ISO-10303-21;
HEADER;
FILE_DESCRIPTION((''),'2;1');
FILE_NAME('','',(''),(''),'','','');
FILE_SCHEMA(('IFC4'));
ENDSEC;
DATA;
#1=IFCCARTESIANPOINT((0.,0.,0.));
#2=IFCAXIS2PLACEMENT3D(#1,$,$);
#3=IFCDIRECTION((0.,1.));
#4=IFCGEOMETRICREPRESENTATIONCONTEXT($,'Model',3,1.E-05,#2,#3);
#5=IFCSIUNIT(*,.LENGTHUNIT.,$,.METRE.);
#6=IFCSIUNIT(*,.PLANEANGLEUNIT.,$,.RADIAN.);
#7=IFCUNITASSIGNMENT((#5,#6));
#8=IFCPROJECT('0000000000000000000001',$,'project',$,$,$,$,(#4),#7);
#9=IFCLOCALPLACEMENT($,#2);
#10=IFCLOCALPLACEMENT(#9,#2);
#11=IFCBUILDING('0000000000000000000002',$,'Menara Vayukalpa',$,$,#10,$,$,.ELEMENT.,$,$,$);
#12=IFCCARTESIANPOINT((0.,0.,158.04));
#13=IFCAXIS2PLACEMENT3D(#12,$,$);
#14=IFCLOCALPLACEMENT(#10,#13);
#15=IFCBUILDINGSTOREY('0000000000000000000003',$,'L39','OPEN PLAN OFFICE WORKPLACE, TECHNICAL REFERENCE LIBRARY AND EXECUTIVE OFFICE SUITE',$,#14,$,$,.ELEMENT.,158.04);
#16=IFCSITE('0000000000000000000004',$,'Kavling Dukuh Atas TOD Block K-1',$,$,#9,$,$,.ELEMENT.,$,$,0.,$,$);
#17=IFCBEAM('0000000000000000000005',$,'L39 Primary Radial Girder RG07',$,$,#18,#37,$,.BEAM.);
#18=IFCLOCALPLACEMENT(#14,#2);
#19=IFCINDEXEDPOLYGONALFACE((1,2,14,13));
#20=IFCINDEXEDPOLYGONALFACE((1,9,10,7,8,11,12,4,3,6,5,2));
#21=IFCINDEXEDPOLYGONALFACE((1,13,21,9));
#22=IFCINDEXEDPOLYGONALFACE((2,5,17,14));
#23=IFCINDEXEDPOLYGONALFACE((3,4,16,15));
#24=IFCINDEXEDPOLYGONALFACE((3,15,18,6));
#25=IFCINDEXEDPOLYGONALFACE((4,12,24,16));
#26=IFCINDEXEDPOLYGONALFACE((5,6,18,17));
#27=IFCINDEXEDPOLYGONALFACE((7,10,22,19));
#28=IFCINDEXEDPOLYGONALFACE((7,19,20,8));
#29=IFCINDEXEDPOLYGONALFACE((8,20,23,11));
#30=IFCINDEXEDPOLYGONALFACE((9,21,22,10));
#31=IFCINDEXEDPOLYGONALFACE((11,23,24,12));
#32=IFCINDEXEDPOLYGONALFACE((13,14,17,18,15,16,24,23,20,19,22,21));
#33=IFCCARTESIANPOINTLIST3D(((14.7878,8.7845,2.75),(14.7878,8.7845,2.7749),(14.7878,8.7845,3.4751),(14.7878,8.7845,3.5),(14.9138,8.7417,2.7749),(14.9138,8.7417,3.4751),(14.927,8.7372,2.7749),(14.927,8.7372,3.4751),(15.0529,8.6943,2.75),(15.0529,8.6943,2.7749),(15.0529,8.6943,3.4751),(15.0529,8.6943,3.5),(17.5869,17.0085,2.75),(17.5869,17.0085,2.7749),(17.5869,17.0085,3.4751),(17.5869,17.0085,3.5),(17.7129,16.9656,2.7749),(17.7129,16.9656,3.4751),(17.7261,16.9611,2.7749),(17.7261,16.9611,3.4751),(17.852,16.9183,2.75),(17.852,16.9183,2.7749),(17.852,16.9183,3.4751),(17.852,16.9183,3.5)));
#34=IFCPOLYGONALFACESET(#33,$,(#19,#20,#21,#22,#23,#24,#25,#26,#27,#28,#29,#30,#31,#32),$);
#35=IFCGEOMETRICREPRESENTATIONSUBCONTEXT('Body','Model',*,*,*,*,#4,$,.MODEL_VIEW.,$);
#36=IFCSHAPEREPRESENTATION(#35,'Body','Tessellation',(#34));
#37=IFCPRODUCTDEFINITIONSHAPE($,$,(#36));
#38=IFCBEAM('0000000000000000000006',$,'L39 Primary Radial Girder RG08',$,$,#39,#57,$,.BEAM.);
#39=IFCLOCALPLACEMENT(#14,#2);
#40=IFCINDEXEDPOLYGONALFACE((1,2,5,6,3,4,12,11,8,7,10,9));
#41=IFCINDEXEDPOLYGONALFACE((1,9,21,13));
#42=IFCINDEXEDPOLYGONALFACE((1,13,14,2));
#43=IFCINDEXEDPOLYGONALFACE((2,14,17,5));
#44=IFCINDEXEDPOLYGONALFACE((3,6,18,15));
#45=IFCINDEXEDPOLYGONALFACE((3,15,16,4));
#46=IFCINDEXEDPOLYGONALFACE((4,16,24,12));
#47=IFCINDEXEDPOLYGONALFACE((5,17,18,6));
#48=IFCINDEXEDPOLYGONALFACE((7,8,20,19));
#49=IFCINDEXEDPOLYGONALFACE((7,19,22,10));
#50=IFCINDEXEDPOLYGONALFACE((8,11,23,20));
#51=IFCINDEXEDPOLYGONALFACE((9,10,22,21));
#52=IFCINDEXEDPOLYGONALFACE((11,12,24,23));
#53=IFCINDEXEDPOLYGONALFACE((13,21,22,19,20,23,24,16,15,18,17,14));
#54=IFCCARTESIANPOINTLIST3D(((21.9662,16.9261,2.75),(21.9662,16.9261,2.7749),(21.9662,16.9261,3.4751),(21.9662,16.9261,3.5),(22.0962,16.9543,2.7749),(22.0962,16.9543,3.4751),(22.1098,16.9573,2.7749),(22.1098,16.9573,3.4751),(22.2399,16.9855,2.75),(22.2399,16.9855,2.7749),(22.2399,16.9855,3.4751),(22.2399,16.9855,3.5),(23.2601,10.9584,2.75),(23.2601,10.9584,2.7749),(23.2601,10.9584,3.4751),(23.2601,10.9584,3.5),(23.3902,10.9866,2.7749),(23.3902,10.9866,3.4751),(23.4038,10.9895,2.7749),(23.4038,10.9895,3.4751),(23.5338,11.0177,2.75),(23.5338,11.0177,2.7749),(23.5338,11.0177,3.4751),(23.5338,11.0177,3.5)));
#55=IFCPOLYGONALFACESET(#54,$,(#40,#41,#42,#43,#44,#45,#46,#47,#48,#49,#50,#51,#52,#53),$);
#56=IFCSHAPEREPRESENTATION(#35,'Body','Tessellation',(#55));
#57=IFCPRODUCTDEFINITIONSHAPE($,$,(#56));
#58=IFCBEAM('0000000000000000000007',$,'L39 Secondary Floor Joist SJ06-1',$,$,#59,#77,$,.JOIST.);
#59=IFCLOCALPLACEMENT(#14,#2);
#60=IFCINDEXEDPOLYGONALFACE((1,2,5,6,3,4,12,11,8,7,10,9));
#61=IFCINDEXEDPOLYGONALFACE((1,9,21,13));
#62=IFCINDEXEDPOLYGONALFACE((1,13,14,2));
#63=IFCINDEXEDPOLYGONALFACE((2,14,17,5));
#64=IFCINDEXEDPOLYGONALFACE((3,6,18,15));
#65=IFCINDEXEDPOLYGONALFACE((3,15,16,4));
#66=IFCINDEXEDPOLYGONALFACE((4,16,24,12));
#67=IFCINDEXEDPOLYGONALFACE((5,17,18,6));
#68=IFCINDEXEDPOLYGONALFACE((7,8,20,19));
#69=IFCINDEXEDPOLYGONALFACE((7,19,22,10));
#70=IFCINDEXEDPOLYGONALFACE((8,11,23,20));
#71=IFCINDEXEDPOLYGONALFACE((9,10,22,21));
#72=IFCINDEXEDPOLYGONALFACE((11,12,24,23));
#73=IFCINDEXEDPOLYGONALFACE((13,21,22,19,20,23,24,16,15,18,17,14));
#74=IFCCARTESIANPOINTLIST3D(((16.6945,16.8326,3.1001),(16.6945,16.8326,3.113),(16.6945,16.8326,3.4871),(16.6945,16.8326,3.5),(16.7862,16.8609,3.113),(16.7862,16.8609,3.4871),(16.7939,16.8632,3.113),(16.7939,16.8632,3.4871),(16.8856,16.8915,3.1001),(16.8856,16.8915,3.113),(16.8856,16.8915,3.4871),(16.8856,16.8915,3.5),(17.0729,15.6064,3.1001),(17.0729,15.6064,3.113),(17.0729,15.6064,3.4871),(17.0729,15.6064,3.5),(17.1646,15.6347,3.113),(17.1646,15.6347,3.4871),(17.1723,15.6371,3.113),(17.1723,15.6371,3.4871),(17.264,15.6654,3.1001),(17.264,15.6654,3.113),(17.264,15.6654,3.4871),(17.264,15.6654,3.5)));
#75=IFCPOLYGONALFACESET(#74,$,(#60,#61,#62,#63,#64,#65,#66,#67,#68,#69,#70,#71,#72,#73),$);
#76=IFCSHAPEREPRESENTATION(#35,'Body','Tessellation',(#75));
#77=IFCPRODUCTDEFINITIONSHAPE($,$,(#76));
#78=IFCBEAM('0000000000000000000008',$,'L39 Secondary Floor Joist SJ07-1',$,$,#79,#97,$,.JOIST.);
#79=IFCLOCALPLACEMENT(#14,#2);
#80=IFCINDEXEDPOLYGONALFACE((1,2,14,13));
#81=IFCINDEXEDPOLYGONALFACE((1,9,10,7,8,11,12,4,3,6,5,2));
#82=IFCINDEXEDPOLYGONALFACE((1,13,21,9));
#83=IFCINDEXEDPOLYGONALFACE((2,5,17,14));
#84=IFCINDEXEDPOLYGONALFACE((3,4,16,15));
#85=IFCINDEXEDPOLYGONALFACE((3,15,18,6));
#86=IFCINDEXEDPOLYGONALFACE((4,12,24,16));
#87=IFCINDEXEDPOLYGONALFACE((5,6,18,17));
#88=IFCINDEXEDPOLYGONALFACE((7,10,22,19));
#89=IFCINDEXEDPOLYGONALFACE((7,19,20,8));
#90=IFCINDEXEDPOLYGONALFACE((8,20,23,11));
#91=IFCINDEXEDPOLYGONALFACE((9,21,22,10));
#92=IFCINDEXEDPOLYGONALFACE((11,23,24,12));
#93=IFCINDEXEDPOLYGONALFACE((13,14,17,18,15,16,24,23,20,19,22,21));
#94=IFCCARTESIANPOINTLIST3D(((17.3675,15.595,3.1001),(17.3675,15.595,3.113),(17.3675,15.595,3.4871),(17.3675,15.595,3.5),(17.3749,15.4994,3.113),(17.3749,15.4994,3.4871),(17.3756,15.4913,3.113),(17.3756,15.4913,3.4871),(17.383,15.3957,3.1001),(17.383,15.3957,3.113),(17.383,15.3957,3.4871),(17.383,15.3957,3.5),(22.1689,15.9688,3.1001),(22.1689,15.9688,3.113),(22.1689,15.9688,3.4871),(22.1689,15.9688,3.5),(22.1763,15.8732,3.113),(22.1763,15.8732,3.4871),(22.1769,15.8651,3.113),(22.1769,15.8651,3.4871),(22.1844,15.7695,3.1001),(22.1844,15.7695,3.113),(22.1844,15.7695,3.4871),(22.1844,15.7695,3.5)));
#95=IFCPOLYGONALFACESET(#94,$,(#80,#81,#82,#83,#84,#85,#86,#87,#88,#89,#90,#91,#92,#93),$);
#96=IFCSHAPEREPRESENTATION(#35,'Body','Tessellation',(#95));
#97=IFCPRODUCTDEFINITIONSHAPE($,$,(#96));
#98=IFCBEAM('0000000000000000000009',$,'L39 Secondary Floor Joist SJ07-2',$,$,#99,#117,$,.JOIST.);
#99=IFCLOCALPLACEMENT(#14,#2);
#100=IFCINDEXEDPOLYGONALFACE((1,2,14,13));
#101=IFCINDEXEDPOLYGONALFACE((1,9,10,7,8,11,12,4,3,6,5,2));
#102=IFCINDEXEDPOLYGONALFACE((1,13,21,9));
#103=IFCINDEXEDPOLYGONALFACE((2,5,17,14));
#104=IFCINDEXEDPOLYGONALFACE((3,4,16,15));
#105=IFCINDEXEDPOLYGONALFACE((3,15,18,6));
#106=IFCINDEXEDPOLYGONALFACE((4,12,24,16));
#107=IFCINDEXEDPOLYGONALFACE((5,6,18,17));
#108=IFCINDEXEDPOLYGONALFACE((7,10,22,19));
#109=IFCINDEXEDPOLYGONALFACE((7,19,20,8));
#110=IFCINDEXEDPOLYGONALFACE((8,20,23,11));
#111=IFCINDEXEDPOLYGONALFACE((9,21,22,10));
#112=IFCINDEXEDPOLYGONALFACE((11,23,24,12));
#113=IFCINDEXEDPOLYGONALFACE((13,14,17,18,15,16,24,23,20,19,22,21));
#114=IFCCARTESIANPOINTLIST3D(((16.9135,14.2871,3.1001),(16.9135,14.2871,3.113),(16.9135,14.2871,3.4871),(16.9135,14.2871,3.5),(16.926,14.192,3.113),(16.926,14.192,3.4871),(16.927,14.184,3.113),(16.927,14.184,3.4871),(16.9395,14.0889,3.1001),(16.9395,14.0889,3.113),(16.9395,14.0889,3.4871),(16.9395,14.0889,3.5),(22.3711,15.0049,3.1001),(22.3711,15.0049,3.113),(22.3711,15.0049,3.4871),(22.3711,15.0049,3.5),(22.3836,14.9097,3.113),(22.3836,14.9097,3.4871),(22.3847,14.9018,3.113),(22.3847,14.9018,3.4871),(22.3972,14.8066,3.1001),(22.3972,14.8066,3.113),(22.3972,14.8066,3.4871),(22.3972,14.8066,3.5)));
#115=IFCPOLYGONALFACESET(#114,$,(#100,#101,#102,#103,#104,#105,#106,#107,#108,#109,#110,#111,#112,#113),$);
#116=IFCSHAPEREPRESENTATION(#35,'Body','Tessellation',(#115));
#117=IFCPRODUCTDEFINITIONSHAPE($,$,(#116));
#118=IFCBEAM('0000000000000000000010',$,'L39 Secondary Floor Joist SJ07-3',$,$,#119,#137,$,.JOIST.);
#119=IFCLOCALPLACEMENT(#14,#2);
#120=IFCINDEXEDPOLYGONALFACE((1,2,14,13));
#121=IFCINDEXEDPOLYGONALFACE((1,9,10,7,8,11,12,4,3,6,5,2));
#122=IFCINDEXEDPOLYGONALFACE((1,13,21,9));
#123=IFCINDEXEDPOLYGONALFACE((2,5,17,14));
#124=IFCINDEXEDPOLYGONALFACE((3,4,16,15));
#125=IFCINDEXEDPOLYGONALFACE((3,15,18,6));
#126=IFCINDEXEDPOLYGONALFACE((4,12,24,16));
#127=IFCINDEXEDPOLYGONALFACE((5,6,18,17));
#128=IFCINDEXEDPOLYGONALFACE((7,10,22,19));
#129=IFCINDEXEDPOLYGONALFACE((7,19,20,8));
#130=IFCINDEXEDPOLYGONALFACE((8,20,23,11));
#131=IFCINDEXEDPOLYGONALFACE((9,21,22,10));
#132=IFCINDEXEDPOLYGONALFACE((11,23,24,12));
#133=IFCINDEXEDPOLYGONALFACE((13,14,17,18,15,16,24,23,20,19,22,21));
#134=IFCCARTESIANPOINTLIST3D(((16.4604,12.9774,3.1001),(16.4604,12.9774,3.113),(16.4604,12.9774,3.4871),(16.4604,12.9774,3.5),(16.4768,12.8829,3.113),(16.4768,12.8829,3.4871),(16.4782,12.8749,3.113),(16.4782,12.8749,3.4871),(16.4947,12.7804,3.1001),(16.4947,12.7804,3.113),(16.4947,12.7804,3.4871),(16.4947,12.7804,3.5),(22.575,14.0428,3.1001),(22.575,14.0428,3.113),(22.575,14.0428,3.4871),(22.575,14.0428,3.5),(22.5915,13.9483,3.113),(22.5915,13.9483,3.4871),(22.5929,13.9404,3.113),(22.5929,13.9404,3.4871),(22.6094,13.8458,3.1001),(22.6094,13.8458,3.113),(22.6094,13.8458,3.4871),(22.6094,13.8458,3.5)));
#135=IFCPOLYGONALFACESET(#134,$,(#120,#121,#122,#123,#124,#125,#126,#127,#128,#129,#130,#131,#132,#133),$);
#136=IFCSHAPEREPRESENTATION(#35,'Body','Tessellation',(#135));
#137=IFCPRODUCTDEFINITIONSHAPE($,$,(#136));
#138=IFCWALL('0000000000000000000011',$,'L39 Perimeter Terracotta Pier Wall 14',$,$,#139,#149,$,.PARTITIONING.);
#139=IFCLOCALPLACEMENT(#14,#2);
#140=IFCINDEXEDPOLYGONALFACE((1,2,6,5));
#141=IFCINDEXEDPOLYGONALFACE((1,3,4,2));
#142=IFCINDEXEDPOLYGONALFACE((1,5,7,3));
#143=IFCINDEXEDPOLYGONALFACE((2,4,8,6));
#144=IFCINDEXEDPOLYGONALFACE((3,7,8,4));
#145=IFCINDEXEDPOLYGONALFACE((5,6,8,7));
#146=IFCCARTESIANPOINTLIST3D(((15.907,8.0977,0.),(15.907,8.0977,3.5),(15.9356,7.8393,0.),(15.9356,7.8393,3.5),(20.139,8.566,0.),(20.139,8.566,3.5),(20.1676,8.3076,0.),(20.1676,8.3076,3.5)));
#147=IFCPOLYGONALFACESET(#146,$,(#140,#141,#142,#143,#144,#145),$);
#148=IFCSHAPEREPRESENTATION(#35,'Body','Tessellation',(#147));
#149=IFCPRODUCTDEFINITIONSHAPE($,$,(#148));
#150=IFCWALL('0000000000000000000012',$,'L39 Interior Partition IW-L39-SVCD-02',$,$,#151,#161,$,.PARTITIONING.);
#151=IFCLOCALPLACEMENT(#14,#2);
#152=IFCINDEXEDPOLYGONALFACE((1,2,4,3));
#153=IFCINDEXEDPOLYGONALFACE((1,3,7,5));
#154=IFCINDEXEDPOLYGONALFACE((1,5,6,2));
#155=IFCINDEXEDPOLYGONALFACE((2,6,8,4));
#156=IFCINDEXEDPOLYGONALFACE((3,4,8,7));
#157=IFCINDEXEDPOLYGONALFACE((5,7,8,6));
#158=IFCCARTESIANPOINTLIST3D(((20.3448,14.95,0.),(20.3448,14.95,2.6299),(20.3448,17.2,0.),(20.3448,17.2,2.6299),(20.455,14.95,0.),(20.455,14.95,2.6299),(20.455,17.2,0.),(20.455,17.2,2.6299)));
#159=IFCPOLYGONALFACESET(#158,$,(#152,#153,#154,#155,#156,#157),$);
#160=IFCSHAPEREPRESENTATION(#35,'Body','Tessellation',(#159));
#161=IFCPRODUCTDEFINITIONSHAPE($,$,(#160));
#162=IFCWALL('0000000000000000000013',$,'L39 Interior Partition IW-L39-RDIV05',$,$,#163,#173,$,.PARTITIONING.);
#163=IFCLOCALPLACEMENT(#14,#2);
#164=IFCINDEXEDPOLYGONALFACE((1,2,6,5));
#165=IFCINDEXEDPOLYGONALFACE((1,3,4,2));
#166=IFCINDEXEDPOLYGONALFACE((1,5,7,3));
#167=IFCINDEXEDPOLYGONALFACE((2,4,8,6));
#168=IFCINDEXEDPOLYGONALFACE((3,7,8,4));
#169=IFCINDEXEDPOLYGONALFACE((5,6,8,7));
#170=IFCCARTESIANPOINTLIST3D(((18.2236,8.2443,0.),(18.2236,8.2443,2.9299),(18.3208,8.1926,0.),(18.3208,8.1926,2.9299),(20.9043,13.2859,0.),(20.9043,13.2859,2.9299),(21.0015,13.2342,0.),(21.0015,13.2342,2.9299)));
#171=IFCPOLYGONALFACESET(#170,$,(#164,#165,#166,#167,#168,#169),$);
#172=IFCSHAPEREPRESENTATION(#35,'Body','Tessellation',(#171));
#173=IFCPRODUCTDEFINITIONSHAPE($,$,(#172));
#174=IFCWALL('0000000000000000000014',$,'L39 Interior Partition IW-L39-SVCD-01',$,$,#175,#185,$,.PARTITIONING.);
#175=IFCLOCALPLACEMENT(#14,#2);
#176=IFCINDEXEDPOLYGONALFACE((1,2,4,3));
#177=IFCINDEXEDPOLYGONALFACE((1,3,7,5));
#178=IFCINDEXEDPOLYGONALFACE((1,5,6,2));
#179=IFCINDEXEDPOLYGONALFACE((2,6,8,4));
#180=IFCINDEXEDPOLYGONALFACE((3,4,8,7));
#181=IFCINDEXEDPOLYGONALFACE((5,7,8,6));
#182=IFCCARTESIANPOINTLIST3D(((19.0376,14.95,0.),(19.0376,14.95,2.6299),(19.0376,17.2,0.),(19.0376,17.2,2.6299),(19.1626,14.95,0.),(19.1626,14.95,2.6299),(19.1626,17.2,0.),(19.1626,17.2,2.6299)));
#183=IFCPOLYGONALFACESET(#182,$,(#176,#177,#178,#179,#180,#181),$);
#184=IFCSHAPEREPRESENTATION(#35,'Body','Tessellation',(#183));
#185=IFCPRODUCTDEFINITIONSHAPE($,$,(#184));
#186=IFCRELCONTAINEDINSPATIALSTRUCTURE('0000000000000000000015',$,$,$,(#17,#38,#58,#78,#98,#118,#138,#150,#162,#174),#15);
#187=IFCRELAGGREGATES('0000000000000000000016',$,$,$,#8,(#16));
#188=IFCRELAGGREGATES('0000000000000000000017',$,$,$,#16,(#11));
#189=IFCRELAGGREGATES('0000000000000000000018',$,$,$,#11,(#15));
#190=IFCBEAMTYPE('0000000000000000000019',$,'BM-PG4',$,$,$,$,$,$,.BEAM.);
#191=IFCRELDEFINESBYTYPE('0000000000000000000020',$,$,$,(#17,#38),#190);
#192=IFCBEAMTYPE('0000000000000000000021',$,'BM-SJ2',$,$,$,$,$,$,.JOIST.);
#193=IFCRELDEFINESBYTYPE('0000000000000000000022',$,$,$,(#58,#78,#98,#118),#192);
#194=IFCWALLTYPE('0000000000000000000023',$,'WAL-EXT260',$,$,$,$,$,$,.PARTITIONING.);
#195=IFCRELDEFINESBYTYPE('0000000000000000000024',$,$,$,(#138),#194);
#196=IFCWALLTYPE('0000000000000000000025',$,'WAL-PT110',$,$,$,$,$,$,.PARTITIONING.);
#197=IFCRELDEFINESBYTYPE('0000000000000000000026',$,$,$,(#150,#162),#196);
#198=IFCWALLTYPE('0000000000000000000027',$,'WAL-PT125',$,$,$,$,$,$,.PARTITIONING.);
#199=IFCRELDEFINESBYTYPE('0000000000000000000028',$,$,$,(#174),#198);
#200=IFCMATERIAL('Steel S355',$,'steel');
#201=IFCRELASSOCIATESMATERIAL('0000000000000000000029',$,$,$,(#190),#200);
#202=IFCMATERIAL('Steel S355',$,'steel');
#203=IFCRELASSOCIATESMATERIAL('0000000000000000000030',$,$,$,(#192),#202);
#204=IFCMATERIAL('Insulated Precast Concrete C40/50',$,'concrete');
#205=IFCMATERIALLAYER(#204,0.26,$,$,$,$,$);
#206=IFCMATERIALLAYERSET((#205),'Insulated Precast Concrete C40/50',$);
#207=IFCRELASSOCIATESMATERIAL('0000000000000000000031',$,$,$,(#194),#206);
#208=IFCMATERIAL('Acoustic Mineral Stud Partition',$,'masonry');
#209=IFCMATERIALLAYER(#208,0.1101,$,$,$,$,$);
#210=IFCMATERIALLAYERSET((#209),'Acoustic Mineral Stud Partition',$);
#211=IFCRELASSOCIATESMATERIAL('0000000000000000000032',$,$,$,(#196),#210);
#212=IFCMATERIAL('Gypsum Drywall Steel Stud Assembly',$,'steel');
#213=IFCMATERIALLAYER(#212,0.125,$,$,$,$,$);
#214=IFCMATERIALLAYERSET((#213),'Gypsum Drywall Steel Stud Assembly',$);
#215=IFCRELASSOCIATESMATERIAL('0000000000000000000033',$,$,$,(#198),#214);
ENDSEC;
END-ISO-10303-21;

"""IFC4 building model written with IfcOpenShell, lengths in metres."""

from ifc_helpers import new_model, si_unit, direction, frame, frame_2d, origin, origin_2d, place, context, subcontext, project, spatial, rectangle, i_section, extrude, material, layer, layer_set, material_profile, profile_set, type_object, element, save


model = new_model("IFC4")

# Units and contexts
model_context = context("Model", 3, precision=1e-05, world=origin(), true_north=direction((0.0, 1.0)))
body_context = subcontext(model_context, "Body", "Model", "MODEL_VIEW")
ifc_project = project(units=[si_unit("LENGTHUNIT", "METRE"), si_unit("PLANEANGLEUNIT", "RADIAN")], contexts=[model_context])

# Site, building, storey
site_placement = place(None, origin())
site = spatial("IfcSite", under=ifc_project, at=site_placement, Name="Kavling Dukuh Atas TOD Block K-1", CompositionType="ELEMENT", RefElevation=0.0)
building_placement = place(site_placement, origin())
building = spatial("IfcBuilding", under=site, at=building_placement, Name="Menara Vayukalpa", CompositionType="ELEMENT")
storey_placement = place(building_placement, frame((0.0, 0.0, 158.04)))
storey = spatial("IfcBuildingStorey", under=building, at=storey_placement, Name="L39", Description="OPEN PLAN OFFICE WORKPLACE, TECHNICAL REFERENCE LIBRARY AND EXECUTIVE OFFICE SUITE", CompositionType="ELEMENT", Elevation=158.04)

# Beams
ifc_material_1 = material(Name="Steel S355", Category="steel")
ifc_material_profile_1 = material_profile(ifc_material_1, i_section(OverallWidth=0.28, OverallDepth=0.75, WebThickness=0.0139, FlangeThickness=0.0249, at=origin_2d()), Name="WF 750x280x14x25")
ifc_profile_set_1 = profile_set([ifc_material_profile_1], Name="Steel S355")
beam_type_1 = type_object("IfcBeamType", Name="BM-PG4", PredefinedType="BEAM", material=ifc_profile_set_1)
beam_1_placement = place(storey_placement, frame((17.7195, 16.9634, 3.125), z_axis=(-0.322208, -0.946669, 0.0), x_axis=(0.946669, -0.322208, 0.0)))
element("IfcBeam", 1, at=beam_1_placement, inside=storey, type_object=beam_type_1, Name="L39 Primary Radial Girder RG07", PredefinedType="BEAM", context=body_context, shape_type="SweptSolid", body=[
    extrude(i_section(OverallWidth=0.28, OverallDepth=0.75, WebThickness=0.0139, FlangeThickness=0.0249, at=origin_2d()), origin(), (0.0, 0.0, 1.0), 8.6873),
])
beam_2_placement = place(storey_placement, frame((22.103, 16.9558, 3.125), z_axis=(0.211898, -0.977292, 0.0), x_axis=(0.977292, 0.211898, 0.0)))
element("IfcBeam", 2, at=beam_2_placement, inside=storey, type_object=beam_type_1, Name="L39 Primary Radial Girder RG08", PredefinedType="BEAM", context=body_context, shape_type="SweptSolid", body=[
    extrude(i_section(OverallWidth=0.28, OverallDepth=0.75, WebThickness=0.0139, FlangeThickness=0.0249, at=origin_2d()), origin(), (0.0, 0.0, 1.0), 6.1064),
])
ifc_material_2 = material(Name="Steel S355", Category="steel")
ifc_material_profile_2 = material_profile(ifc_material_2, i_section(OverallWidth=0.2, OverallDepth=0.3999, WebThickness=0.0081, FlangeThickness=0.0129, at=origin_2d()), Name="WF 400x200x8x13")
ifc_profile_set_2 = profile_set([ifc_material_profile_2], Name="Steel S355")
beam_type_2 = type_object("IfcBeamType", Name="BM-SJ2", PredefinedType="JOIST", material=ifc_profile_set_2)
beam_3_placement = place(storey_placement, frame((16.79, 16.8621, 3.3), z_axis=(0.294915, -0.955524, 0.0), x_axis=(0.955524, 0.294915, 0.0)))
element("IfcBeam", 3, at=beam_3_placement, inside=storey, type_object=beam_type_2, Name="L39 Secondary Floor Joist SJ06-1", PredefinedType="JOIST", context=body_context, shape_type="SweptSolid", body=[
    extrude(i_section(OverallWidth=0.2, OverallDepth=0.3999, WebThickness=0.0081, FlangeThickness=0.0129, at=origin_2d()), origin(), (0.0, 0.0, 1.0), 1.2832),
])
beam_4_placement = place(storey_placement, frame((17.3752, 15.4954, 3.3), z_axis=(0.996983, 0.077615, 0.0), x_axis=(-0.077615, 0.996983, 0.0)))
element("IfcBeam", 4, at=beam_4_placement, inside=storey, type_object=beam_type_2, Name="L39 Secondary Floor Joist SJ07-1", PredefinedType="JOIST", context=body_context, shape_type="SweptSolid", body=[
    extrude(i_section(OverallWidth=0.2, OverallDepth=0.3999, WebThickness=0.0081, FlangeThickness=0.0129, at=origin_2d()), origin(), (0.0, 0.0, 1.0), 4.8159),
])
beam_5_placement = place(storey_placement, frame((16.9265, 14.188, 3.3), z_axis=(0.991463, 0.130391, 0.0), x_axis=(-0.130391, 0.991463, 0.0)))
element("IfcBeam", 5, at=beam_5_placement, inside=storey, type_object=beam_type_2, Name="L39 Secondary Floor Joist SJ07-2", PredefinedType="JOIST", context=body_context, shape_type="SweptSolid", body=[
    extrude(i_section(OverallWidth=0.2, OverallDepth=0.3999, WebThickness=0.0081, FlangeThickness=0.0129, at=origin_2d()), origin(), (0.0, 0.0, 1.0), 5.5046),
])
beam_6_placement = place(storey_placement, frame((16.4775, 12.8789, 3.3), z_axis=(0.985157, 0.171653, 0.0), x_axis=(-0.171653, 0.985157, 0.0)))
element("IfcBeam", 6, at=beam_6_placement, inside=storey, type_object=beam_type_2, Name="L39 Secondary Floor Joist SJ07-3", PredefinedType="JOIST", context=body_context, shape_type="SweptSolid", body=[
    extrude(i_section(OverallWidth=0.2, OverallDepth=0.3999, WebThickness=0.0081, FlangeThickness=0.0129, at=origin_2d()), origin(), (0.0, 0.0, 1.0), 6.2068),
])

# Walls
ifc_material_3 = material(Name="Insulated Precast Concrete C40/50", Category="concrete")
ifc_layer_1 = layer(ifc_material_3, 0.26)
ifc_layer_set_1 = layer_set([ifc_layer_1], Name="Insulated Precast Concrete C40/50")
wall_type_1 = type_object("IfcWallType", Name="WAL-EXT260", PredefinedType="PARTITIONING", material=ifc_layer_set_1)
wall_1_placement = place(storey_placement, frame((20.1533, 8.4368, 0.0), z_axis=(0.0, 0.0, 1.0), x_axis=(-0.993934, -0.109978, 0.0)))
element("IfcWall", 7, at=wall_1_placement, inside=storey, type_object=wall_type_1, Name="L39 Perimeter Terracotta Pier Wall 14", PredefinedType="PARTITIONING", context=body_context, shape_type="SweptSolid", body=[
    extrude(rectangle(XDim=4.2578, YDim=0.26, at=frame_2d((2.1289, 0.0))), origin(), (0.0, 0.0, 1.0), 3.5),
])
ifc_material_4 = material(Name="Acoustic Mineral Stud Partition", Category="masonry")
ifc_layer_2 = layer(ifc_material_4, 0.1101)
ifc_layer_set_2 = layer_set([ifc_layer_2], Name="Acoustic Mineral Stud Partition")
wall_type_2 = type_object("IfcWallType", Name="WAL-PT110", PredefinedType="PARTITIONING", material=ifc_layer_set_2)
wall_2_placement = place(storey_placement, frame((20.3999, 14.95, 0.0), z_axis=(0.0, 0.0, 1.0), x_axis=(0.0, 1.0, 0.0)))
element("IfcWall", 8, at=wall_2_placement, inside=storey, type_object=wall_type_2, Name="L39 Interior Partition IW-L39-SVCD-02", PredefinedType="PARTITIONING", context=body_context, shape_type="SweptSolid", body=[
    extrude(rectangle(XDim=2.25, YDim=0.1101, at=frame_2d((1.125, 0.0))), origin(), (0.0, 0.0, 1.0), 2.6299),
])
wall_3_placement = place(storey_placement, frame((20.9529, 13.26, 0.0), z_axis=(0.0, 0.0, 1.0), x_axis=(-0.469478, -0.882944, 0.0)))
element("IfcWall", 9, at=wall_3_placement, inside=storey, type_object=wall_type_2, Name="L39 Interior Partition IW-L39-RDIV05", PredefinedType="PARTITIONING", context=body_context, shape_type="SweptSolid", body=[
    extrude(rectangle(XDim=5.71, YDim=0.1101, at=frame_2d((2.855, 0.0))), origin(), (0.0, 0.0, 1.0), 2.9299),
])
ifc_material_5 = material(Name="Gypsum Drywall Steel Stud Assembly", Category="steel")
ifc_layer_3 = layer(ifc_material_5, 0.125)
ifc_layer_set_3 = layer_set([ifc_layer_3], Name="Gypsum Drywall Steel Stud Assembly")
wall_type_3 = type_object("IfcWallType", Name="WAL-PT125", PredefinedType="PARTITIONING", material=ifc_layer_set_3)
wall_4_placement = place(storey_placement, frame((19.1001, 14.95, 0.0), z_axis=(0.0, 0.0, 1.0), x_axis=(0.0, 1.0, 0.0)))
element("IfcWall", 10, at=wall_4_placement, inside=storey, type_object=wall_type_3, Name="L39 Interior Partition IW-L39-SVCD-01", PredefinedType="PARTITIONING", context=body_context, shape_type="SweptSolid", body=[
    extrude(rectangle(XDim=2.25, YDim=0.125, at=frame_2d((1.125, 0.0))), origin(), (0.0, 0.0, 1.0), 2.6299),
])

save(model, "model.ifc")
